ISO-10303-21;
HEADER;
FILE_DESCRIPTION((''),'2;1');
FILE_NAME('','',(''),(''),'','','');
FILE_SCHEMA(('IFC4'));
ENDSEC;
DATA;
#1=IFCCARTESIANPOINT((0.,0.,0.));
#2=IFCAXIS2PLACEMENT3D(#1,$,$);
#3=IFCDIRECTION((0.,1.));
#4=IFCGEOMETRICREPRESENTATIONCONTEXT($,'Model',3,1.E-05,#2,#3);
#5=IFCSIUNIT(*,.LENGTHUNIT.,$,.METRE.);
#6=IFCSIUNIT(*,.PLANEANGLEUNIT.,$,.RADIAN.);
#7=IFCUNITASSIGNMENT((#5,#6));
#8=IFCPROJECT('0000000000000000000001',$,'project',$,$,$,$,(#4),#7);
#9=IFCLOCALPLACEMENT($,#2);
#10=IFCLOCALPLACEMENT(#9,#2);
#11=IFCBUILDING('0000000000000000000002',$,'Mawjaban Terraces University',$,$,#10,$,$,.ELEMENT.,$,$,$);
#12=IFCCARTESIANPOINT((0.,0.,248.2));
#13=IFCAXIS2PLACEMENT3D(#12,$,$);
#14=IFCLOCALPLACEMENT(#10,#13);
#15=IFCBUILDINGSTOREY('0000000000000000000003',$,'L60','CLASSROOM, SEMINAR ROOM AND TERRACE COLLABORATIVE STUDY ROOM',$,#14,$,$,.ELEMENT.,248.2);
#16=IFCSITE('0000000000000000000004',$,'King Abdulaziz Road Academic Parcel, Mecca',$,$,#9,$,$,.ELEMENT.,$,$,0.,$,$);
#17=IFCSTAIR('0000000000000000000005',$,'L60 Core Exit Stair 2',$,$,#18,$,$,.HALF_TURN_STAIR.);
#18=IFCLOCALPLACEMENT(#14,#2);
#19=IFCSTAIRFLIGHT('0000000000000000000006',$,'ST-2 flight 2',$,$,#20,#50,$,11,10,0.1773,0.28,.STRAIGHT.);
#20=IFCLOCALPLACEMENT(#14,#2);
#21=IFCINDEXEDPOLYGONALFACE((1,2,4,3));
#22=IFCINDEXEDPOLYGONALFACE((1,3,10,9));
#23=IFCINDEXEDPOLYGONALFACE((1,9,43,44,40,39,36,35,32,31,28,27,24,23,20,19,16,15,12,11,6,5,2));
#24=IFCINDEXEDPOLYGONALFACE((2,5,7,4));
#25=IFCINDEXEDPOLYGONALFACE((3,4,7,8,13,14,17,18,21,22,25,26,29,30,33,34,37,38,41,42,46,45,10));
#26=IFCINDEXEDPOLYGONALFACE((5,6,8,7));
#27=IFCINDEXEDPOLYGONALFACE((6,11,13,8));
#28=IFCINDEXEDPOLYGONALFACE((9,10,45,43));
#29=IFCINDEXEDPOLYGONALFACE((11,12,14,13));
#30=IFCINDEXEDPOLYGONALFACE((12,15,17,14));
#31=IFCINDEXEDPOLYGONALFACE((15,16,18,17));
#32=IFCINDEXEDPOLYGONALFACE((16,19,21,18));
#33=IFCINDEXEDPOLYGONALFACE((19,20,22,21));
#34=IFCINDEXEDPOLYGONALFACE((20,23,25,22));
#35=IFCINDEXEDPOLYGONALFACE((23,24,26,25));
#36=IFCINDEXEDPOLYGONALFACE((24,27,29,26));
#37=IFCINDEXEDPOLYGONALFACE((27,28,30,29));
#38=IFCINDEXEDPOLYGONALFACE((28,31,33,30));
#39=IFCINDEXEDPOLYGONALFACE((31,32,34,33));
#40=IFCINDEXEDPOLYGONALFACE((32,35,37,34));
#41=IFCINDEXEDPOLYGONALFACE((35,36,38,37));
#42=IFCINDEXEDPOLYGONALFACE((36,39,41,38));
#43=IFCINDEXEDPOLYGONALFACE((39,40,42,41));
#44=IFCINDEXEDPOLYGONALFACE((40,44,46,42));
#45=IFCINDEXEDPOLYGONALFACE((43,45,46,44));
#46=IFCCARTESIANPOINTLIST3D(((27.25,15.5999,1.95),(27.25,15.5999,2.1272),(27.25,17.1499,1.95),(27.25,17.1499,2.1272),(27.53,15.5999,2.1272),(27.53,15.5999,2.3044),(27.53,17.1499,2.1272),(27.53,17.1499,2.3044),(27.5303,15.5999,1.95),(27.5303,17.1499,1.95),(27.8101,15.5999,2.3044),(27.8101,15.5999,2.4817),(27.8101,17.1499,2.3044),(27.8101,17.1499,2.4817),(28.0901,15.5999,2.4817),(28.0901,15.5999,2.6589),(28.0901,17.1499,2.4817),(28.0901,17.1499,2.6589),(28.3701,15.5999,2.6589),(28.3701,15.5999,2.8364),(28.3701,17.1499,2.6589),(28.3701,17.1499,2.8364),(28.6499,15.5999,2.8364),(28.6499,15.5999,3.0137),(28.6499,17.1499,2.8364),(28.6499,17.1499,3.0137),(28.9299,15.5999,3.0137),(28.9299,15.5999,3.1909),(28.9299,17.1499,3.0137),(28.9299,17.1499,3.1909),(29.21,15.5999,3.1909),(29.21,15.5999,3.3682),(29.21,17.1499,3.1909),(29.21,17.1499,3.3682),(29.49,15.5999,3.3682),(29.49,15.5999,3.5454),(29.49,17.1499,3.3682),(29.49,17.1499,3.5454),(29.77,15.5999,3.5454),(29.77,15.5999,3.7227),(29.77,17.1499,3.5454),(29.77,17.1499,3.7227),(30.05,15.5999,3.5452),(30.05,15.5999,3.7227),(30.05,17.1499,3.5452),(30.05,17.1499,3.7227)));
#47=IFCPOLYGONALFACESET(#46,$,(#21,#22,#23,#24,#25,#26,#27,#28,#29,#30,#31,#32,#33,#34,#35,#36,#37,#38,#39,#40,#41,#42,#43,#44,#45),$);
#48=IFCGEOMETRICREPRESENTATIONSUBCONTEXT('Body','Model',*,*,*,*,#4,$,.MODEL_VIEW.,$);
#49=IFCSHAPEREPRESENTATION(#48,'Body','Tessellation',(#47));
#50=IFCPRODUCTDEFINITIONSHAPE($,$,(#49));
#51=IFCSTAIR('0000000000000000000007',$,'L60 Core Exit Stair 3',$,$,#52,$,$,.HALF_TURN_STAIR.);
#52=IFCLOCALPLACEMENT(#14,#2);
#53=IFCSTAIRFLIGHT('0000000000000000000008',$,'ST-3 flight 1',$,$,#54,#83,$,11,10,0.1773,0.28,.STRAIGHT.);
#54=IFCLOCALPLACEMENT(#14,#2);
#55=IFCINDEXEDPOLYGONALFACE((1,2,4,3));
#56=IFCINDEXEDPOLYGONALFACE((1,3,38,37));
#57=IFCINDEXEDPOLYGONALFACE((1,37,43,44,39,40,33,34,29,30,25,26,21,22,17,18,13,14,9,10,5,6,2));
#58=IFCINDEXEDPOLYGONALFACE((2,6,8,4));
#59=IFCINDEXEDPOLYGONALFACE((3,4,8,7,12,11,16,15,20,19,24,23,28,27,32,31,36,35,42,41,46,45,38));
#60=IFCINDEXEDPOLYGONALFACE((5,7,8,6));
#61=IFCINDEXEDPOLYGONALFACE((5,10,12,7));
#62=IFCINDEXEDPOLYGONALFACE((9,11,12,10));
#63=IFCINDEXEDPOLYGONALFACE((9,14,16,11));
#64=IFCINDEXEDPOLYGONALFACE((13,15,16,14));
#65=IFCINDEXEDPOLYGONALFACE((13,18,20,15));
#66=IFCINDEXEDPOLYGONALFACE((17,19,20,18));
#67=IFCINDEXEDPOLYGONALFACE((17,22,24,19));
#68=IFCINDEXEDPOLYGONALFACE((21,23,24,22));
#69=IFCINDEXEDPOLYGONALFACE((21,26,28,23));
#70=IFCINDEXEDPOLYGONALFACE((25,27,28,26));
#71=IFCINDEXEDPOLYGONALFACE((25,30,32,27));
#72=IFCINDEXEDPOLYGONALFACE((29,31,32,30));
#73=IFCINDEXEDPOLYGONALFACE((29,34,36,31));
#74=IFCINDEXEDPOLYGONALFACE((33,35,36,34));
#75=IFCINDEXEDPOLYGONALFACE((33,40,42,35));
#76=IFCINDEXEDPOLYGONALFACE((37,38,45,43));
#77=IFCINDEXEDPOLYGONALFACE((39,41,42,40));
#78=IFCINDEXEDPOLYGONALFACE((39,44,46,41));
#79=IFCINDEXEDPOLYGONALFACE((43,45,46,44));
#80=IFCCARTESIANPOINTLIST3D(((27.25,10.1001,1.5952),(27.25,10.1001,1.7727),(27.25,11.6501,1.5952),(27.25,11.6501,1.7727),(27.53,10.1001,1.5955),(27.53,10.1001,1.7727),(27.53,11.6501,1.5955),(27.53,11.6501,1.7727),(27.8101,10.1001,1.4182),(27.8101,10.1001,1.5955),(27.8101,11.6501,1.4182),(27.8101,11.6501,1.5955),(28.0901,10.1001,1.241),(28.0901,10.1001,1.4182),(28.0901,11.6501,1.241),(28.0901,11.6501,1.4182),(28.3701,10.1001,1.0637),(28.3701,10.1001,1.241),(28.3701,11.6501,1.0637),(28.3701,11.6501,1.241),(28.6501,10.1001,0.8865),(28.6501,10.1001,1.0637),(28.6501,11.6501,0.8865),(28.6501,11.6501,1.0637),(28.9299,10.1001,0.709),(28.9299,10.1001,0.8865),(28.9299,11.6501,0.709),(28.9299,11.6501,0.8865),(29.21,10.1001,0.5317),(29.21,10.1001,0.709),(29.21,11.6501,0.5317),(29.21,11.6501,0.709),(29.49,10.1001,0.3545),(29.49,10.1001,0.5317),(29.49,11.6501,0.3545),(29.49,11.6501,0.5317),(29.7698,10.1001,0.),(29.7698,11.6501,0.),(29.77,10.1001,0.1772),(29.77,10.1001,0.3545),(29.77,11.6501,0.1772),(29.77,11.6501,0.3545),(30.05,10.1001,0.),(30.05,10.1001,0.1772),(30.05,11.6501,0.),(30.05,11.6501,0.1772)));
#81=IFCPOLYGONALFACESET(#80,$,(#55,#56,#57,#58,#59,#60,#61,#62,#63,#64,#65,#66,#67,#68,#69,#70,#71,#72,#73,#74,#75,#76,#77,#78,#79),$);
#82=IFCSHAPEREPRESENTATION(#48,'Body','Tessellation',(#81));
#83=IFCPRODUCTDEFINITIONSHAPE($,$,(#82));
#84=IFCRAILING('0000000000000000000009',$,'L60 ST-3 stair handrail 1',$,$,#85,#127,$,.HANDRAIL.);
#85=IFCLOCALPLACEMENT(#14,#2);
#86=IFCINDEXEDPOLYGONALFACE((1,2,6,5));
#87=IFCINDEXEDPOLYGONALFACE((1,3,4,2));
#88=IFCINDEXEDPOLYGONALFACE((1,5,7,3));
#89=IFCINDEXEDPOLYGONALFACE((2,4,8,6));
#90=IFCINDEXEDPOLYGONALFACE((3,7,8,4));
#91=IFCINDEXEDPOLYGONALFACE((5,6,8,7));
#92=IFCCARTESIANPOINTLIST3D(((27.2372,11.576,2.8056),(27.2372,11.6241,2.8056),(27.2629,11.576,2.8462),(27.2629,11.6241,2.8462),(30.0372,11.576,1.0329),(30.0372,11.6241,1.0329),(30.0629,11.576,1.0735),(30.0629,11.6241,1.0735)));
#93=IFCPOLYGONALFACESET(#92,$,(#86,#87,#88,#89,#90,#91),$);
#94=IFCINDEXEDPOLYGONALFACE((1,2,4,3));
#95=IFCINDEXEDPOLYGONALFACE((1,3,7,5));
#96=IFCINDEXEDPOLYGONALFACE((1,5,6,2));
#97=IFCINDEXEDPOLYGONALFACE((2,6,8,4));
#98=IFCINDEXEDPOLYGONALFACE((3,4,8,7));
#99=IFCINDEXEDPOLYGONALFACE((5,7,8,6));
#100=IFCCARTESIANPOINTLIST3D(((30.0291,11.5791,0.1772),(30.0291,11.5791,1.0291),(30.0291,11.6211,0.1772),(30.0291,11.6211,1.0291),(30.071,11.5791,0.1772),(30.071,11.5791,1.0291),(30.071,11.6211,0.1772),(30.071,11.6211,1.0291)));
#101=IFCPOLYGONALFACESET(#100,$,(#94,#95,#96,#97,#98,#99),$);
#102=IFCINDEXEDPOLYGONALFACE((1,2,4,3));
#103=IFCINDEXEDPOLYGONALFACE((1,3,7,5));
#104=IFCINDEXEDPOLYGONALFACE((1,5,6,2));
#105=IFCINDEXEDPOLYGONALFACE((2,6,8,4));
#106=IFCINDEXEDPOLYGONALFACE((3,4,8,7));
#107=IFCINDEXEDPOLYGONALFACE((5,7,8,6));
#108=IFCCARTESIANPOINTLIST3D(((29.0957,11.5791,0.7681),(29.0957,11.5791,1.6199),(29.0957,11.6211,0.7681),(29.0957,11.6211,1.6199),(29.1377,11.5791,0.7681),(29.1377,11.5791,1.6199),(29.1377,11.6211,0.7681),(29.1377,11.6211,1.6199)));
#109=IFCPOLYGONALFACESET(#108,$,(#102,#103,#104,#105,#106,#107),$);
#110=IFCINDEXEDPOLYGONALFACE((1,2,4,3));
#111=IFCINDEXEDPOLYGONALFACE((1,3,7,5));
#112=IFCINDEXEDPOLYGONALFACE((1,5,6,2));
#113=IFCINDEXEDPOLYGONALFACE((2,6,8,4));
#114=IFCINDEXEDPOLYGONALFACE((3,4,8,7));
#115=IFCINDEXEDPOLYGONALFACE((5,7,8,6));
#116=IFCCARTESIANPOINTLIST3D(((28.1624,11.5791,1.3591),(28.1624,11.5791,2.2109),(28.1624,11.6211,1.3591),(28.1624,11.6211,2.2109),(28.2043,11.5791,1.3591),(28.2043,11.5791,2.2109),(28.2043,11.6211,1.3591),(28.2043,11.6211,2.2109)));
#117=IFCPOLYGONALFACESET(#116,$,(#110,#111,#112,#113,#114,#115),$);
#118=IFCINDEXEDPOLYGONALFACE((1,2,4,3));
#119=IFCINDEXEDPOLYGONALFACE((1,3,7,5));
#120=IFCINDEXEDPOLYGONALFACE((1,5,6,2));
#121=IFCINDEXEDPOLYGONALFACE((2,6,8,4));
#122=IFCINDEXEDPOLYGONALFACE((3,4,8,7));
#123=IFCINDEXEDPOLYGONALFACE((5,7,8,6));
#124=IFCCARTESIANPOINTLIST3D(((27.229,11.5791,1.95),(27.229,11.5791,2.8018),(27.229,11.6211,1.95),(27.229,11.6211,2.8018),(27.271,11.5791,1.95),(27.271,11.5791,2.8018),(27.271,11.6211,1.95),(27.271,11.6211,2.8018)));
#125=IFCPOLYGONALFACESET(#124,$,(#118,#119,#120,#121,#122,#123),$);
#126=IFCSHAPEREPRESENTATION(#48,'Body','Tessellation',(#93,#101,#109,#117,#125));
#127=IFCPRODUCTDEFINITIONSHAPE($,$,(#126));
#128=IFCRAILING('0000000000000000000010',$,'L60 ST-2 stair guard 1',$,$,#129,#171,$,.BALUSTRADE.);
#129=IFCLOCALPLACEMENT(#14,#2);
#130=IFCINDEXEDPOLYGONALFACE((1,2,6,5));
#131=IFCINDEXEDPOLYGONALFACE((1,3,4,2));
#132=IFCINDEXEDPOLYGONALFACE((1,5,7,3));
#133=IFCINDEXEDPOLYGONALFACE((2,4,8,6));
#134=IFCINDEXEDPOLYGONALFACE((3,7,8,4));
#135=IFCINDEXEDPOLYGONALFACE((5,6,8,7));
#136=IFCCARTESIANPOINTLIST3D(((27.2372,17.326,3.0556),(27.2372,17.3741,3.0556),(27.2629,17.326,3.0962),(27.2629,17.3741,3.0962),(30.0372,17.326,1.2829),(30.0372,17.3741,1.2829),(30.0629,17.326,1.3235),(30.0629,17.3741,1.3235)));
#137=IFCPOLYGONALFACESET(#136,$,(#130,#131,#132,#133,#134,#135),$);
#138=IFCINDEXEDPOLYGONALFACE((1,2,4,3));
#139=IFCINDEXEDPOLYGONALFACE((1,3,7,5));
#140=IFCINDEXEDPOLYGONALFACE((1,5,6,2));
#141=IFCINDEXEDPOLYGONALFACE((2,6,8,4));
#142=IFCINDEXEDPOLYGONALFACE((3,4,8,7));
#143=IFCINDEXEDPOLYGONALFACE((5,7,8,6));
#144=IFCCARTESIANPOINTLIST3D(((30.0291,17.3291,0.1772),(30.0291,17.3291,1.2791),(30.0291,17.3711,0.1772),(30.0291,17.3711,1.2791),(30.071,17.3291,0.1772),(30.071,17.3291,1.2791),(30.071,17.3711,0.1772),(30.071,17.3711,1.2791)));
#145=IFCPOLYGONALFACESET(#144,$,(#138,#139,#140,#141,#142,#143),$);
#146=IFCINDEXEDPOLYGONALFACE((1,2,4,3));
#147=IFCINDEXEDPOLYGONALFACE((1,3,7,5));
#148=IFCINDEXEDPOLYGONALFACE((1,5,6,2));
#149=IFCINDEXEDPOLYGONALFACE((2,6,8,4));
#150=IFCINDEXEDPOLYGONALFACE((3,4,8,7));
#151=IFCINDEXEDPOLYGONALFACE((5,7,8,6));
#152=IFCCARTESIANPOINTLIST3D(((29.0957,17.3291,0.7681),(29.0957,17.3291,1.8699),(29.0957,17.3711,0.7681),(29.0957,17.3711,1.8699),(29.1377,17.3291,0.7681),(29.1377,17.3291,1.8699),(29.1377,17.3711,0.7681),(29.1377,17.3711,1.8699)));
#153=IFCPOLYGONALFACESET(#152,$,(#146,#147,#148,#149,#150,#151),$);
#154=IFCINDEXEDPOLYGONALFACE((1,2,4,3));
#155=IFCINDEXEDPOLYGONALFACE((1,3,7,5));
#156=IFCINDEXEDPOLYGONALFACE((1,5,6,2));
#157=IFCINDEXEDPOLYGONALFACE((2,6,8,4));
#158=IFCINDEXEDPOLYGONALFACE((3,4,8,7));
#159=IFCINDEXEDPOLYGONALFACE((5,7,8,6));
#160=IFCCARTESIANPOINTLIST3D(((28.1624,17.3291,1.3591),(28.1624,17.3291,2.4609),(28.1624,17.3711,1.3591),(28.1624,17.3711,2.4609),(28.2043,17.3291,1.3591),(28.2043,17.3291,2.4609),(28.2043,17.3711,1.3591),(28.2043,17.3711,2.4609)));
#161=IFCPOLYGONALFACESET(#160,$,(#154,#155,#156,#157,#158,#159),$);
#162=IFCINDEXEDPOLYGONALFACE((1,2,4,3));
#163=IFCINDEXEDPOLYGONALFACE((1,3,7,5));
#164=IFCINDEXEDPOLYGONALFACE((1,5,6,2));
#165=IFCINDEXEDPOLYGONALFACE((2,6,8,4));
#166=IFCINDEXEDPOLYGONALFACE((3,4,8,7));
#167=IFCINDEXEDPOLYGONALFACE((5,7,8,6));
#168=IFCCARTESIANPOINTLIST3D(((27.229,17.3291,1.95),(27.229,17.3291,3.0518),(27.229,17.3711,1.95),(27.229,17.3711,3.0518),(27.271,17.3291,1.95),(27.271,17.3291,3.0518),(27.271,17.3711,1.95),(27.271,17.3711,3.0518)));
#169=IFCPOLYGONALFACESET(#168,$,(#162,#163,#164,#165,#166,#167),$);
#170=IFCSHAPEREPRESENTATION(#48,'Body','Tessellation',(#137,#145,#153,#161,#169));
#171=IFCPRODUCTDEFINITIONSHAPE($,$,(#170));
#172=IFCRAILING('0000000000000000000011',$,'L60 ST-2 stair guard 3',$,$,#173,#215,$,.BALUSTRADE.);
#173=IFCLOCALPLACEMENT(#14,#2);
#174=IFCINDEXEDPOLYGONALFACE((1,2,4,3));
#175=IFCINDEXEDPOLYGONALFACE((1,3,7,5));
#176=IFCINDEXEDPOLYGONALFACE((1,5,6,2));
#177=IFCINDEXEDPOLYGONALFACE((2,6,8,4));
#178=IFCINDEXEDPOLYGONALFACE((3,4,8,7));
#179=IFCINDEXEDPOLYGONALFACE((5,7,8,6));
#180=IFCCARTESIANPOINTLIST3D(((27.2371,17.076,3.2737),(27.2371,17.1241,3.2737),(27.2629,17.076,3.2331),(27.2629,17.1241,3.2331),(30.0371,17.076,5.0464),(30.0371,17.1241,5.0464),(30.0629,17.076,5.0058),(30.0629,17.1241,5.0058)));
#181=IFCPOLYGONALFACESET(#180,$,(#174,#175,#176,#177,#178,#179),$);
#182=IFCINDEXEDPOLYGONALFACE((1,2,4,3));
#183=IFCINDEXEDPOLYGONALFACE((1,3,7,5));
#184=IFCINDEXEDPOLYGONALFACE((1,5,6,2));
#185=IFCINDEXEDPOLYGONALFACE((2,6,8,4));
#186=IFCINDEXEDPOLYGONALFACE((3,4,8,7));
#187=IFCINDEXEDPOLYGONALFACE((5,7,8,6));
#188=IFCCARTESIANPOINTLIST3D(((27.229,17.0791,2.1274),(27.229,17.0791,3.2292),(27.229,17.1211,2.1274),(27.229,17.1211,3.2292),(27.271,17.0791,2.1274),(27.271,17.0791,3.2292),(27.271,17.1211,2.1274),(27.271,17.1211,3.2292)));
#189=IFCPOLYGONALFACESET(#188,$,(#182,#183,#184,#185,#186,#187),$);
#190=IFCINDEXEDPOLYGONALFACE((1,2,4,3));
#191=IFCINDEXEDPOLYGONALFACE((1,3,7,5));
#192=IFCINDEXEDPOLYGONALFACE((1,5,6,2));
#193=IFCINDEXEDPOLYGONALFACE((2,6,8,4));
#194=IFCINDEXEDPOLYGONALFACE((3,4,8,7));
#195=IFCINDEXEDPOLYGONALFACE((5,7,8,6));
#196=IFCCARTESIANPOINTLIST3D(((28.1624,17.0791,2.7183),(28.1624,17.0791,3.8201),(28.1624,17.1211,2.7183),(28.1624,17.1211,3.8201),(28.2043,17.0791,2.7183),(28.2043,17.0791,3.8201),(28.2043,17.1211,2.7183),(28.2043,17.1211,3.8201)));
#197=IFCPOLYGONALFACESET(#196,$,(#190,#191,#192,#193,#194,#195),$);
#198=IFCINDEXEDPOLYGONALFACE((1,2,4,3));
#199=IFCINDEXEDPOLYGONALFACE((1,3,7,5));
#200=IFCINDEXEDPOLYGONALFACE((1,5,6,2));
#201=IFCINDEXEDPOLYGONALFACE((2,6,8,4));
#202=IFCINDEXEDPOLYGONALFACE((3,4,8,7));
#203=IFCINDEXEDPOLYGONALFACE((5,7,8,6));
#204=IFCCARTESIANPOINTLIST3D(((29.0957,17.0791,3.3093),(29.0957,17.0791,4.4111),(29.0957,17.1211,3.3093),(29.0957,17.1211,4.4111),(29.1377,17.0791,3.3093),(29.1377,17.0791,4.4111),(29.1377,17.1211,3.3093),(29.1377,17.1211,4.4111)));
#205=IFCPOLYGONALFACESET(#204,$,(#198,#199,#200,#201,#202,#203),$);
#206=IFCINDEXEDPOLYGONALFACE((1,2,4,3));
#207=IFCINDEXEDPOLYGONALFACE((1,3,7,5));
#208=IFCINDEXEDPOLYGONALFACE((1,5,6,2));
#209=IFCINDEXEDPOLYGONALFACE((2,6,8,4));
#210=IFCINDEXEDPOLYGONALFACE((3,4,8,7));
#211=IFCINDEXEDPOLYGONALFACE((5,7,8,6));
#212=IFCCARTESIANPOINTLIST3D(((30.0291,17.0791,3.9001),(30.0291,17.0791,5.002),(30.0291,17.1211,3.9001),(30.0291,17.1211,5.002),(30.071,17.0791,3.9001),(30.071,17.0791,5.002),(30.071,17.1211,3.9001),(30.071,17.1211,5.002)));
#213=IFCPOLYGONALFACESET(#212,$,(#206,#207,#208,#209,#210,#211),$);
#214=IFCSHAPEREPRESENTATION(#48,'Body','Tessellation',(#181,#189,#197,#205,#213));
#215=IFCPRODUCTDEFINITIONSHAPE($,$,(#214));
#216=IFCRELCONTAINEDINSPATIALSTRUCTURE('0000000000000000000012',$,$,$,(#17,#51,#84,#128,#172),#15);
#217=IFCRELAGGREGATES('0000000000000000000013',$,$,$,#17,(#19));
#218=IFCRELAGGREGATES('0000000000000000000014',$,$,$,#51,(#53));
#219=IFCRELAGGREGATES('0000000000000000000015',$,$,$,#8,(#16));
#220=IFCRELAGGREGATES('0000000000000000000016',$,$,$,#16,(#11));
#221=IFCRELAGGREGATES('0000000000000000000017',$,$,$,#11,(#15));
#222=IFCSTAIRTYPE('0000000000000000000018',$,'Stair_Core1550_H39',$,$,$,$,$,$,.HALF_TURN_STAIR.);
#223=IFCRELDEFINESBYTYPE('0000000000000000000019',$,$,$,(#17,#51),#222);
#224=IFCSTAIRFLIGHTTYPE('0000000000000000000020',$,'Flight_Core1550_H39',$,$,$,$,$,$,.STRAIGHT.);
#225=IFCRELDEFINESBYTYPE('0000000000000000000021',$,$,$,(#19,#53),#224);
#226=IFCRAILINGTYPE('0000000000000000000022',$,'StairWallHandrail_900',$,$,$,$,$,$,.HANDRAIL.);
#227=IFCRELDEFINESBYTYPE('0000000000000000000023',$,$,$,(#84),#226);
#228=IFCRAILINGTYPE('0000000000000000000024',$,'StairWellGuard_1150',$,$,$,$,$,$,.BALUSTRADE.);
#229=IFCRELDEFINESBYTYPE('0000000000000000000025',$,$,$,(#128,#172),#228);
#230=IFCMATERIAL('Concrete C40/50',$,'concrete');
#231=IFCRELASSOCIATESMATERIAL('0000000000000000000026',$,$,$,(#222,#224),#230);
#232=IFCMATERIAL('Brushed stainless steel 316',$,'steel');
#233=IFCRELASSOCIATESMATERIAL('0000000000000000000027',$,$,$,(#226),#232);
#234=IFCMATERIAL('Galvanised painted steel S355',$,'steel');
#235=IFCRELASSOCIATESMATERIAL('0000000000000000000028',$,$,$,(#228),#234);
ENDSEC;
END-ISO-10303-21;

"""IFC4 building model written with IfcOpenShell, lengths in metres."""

from ifc_helpers import new_model, si_unit, direction, frame, origin, origin_2d, place, context, subcontext, project, spatial, polyline, rectangle, outline, extrude, material, type_object, element, aggregate, save


model = new_model("IFC4")

# Units and contexts
model_context = context("Model", 3, precision=1e-05, world=origin(), true_north=direction((0.0, 1.0)))
body_context = subcontext(model_context, "Body", "Model", "MODEL_VIEW")
ifc_project = project(units=[si_unit("LENGTHUNIT", "METRE"), si_unit("PLANEANGLEUNIT", "RADIAN")], contexts=[model_context])

# Site, building, storey
site_placement = place(None, origin())
site = spatial("IfcSite", under=ifc_project, at=site_placement, Name="King Abdulaziz Road Academic Parcel, Mecca", CompositionType="ELEMENT", RefElevation=0.0)
building_placement = place(site_placement, origin())
building = spatial("IfcBuilding", under=site, at=building_placement, Name="Mawjaban Terraces University", CompositionType="ELEMENT")
storey_placement = place(building_placement, frame((0.0, 0.0, 248.2)))
storey = spatial("IfcBuildingStorey", under=building, at=storey_placement, Name="L60", Description="CLASSROOM, SEMINAR ROOM AND TERRACE COLLABORATIVE STUDY ROOM", CompositionType="ELEMENT", Elevation=248.2)

# Shared definitions
ifc_material_1 = material(Name="Concrete C40/50", Category="concrete")

# Stairs, stair flights
stair_type = type_object("IfcStairType", Name="Stair_Core1550_H39", PredefinedType="HALF_TURN_STAIR", material=ifc_material_1)
stair_1_placement = place(storey_placement, origin())
stair_1 = element("IfcStair", 1, at=stair_1_placement, inside=storey, type_object=stair_type, Name="L60 Core Exit Stair 2", PredefinedType="HALF_TURN_STAIR")
stair_flight_type = type_object("IfcStairFlightType", Name="Flight_Core1550_H39", PredefinedType="STRAIGHT", material=ifc_material_1)
stair_flight_1_placement = place(storey_placement, frame((27.25, 16.375, 1.95), z_axis=(0.0, 0.0, 1.0), x_axis=(1.0, 0.0, 0.0)))
stair_flight_1 = element("IfcStairFlight", 2, at=stair_flight_1_placement, type_object=stair_flight_type, Name="ST-2 flight 2", NumberOfRisers=11, NumberOfTreads=10, PredefinedType="STRAIGHT", RiserHeight=0.1773, TreadLength=0.28, context=body_context, shape_type="SweptSolid", body=[
    extrude(outline(polyline([(0.0, 0.0), (0.0, 0.1772), (0.28, 0.1772), (0.28, 0.3545), (0.5601, 0.3545), (0.5601, 0.5317), (0.8401, 0.5317), (0.8401, 0.709), (1.1201, 0.709), (1.1201, 0.8865), (1.3999, 0.8865), (1.3999, 1.0637), (1.6799, 1.0637), (1.6799, 1.241), (1.96, 1.241), (1.96, 1.4182), (2.24, 1.4182), (2.24, 1.5955), (2.52, 1.5955), (2.52, 1.7727), (2.8, 1.7727), (2.8, 1.95), (2.8, 1.5952), (0.2803, 0.0), (0.0, 0.0)])), frame((0.0, 0.7749, 0.0), z_axis=(0.0, -1.0, 0.0), x_axis=(1.0, 0.0, 0.0)), (0.0, 0.0, 1.0), 1.55),
])
aggregate(stair_1, [stair_flight_1])
stair_2_placement = place(storey_placement, origin())
stair_2 = element("IfcStair", 3, at=stair_2_placement, inside=storey, type_object=stair_type, Name="L60 Core Exit Stair 3", PredefinedType="HALF_TURN_STAIR")
stair_flight_2_placement = place(storey_placement, frame((30.05, 10.875, 0.0), z_axis=(0.0, 0.0, 1.0), x_axis=(-1.0, 0.0, 0.0)))
stair_flight_2 = element("IfcStairFlight", 4, at=stair_flight_2_placement, type_object=stair_flight_type, Name="ST-3 flight 1", NumberOfRisers=11, NumberOfTreads=10, PredefinedType="STRAIGHT", RiserHeight=0.1773, TreadLength=0.28, context=body_context, shape_type="SweptSolid", body=[
    extrude(outline(polyline([(0.0, 0.0), (0.0, 0.1772), (0.28, 0.1772), (0.28, 0.3545), (0.5601, 0.3545), (0.5601, 0.5317), (0.8401, 0.5317), (0.8401, 0.709), (1.1201, 0.709), (1.1201, 0.8865), (1.3999, 0.8865), (1.3999, 1.0637), (1.6799, 1.0637), (1.6799, 1.241), (1.96, 1.241), (1.96, 1.4182), (2.24, 1.4182), (2.24, 1.5955), (2.52, 1.5955), (2.52, 1.7727), (2.8, 1.7727), (2.8, 1.95), (2.8, 1.5952), (0.2803, 0.0), (0.0, 0.0)])), frame((0.0, 0.7749, 0.0), z_axis=(0.0, -1.0, 0.0), x_axis=(1.0, 0.0, 0.0)), (0.0, 0.0, 1.0), 1.55),
])
aggregate(stair_2, [stair_flight_2])

# Railings
ifc_material_2 = material(Name="Brushed stainless steel 316", Category="steel")
railing_type_1 = type_object("IfcRailingType", Name="StairWallHandrail_900", PredefinedType="HANDRAIL", material=ifc_material_2)
railing_1_placement = place(storey_placement, frame((30.05, 11.6001, 0.1772)))
element("IfcRailing", 5, at=railing_1_placement, inside=storey, type_object=railing_type_1, Name="L60 ST-3 stair handrail 1", PredefinedType="HANDRAIL", context=body_context, shape_type="SweptSolid", body=[
    extrude(rectangle(XDim=0.0481, YDim=0.0481, at=origin_2d()), frame((0.0, 0.0, 0.876), z_axis=(-0.844909, 0.0, 0.53491), x_axis=(0.0, -1.0, 0.0)), (0.0, 0.0, 1.0), 3.314),
    extrude(rectangle(XDim=0.042, YDim=0.042, at=origin_2d()), origin(), (0.0, 0.0, 1.0), 0.8518),
    extrude(rectangle(XDim=0.042, YDim=0.042, at=origin_2d()), frame((-0.9333, 0.0, 0.5908)), (0.0, 0.0, 1.0), 0.8518),
    extrude(rectangle(XDim=0.042, YDim=0.042, at=origin_2d()), frame((-1.8667, 0.0, 1.1819)), (0.0, 0.0, 1.0), 0.8518),
    extrude(rectangle(XDim=0.042, YDim=0.042, at=origin_2d()), frame((-2.8, 0.0, 1.7727)), (0.0, 0.0, 1.0), 0.8518),
])
ifc_material_3 = material(Name="Galvanised painted steel S355", Category="steel")
railing_type_2 = type_object("IfcRailingType", Name="StairWellGuard_1150", PredefinedType="BALUSTRADE", material=ifc_material_3)
railing_2_placement = place(storey_placement, frame((30.05, 17.3501, 0.1772)))
element("IfcRailing", 6, at=railing_2_placement, inside=storey, type_object=railing_type_2, Name="L60 ST-2 stair guard 1", PredefinedType="BALUSTRADE", context=body_context, shape_type="SweptSolid", body=[
    extrude(rectangle(XDim=0.0481, YDim=0.0481, at=origin_2d()), frame((0.0, 0.0, 1.126), z_axis=(-0.844909, 0.0, 0.53491), x_axis=(0.0, -1.0, 0.0)), (0.0, 0.0, 1.0), 3.314),
    extrude(rectangle(XDim=0.042, YDim=0.042, at=origin_2d()), origin(), (0.0, 0.0, 1.0), 1.1018),
    extrude(rectangle(XDim=0.042, YDim=0.042, at=origin_2d()), frame((-0.9333, 0.0, 0.5908)), (0.0, 0.0, 1.0), 1.1018),
    extrude(rectangle(XDim=0.042, YDim=0.042, at=origin_2d()), frame((-1.8667, 0.0, 1.1819)), (0.0, 0.0, 1.0), 1.1018),
    extrude(rectangle(XDim=0.042, YDim=0.042, at=origin_2d()), frame((-2.8, 0.0, 1.7727)), (0.0, 0.0, 1.0), 1.1018),
])
railing_3_placement = place(storey_placement, frame((27.25, 17.1001, 2.1274)))
element("IfcRailing", 7, at=railing_3_placement, inside=storey, type_object=railing_type_2, Name="L60 ST-2 stair guard 3", PredefinedType="BALUSTRADE", context=body_context, shape_type="SweptSolid", body=[
    extrude(rectangle(XDim=0.0481, YDim=0.0481, at=origin_2d()), frame((0.0, 0.0, 1.126), z_axis=(0.844909, 0.0, 0.53491), x_axis=(0.0, 1.0, 0.0)), (0.0, 0.0, 1.0), 3.314),
    extrude(rectangle(XDim=0.042, YDim=0.042, at=origin_2d()), origin(), (0.0, 0.0, 1.0), 1.1018),
    extrude(rectangle(XDim=0.042, YDim=0.042, at=origin_2d()), frame((0.9333, 0.0, 0.5908)), (0.0, 0.0, 1.0), 1.1018),
    extrude(rectangle(XDim=0.042, YDim=0.042, at=origin_2d()), frame((1.8667, 0.0, 1.1819)), (0.0, 0.0, 1.0), 1.1018),
    extrude(rectangle(XDim=0.042, YDim=0.042, at=origin_2d()), frame((2.8, 0.0, 1.7727)), (0.0, 0.0, 1.0), 1.1018),
])

save(model, "model.ifc")
